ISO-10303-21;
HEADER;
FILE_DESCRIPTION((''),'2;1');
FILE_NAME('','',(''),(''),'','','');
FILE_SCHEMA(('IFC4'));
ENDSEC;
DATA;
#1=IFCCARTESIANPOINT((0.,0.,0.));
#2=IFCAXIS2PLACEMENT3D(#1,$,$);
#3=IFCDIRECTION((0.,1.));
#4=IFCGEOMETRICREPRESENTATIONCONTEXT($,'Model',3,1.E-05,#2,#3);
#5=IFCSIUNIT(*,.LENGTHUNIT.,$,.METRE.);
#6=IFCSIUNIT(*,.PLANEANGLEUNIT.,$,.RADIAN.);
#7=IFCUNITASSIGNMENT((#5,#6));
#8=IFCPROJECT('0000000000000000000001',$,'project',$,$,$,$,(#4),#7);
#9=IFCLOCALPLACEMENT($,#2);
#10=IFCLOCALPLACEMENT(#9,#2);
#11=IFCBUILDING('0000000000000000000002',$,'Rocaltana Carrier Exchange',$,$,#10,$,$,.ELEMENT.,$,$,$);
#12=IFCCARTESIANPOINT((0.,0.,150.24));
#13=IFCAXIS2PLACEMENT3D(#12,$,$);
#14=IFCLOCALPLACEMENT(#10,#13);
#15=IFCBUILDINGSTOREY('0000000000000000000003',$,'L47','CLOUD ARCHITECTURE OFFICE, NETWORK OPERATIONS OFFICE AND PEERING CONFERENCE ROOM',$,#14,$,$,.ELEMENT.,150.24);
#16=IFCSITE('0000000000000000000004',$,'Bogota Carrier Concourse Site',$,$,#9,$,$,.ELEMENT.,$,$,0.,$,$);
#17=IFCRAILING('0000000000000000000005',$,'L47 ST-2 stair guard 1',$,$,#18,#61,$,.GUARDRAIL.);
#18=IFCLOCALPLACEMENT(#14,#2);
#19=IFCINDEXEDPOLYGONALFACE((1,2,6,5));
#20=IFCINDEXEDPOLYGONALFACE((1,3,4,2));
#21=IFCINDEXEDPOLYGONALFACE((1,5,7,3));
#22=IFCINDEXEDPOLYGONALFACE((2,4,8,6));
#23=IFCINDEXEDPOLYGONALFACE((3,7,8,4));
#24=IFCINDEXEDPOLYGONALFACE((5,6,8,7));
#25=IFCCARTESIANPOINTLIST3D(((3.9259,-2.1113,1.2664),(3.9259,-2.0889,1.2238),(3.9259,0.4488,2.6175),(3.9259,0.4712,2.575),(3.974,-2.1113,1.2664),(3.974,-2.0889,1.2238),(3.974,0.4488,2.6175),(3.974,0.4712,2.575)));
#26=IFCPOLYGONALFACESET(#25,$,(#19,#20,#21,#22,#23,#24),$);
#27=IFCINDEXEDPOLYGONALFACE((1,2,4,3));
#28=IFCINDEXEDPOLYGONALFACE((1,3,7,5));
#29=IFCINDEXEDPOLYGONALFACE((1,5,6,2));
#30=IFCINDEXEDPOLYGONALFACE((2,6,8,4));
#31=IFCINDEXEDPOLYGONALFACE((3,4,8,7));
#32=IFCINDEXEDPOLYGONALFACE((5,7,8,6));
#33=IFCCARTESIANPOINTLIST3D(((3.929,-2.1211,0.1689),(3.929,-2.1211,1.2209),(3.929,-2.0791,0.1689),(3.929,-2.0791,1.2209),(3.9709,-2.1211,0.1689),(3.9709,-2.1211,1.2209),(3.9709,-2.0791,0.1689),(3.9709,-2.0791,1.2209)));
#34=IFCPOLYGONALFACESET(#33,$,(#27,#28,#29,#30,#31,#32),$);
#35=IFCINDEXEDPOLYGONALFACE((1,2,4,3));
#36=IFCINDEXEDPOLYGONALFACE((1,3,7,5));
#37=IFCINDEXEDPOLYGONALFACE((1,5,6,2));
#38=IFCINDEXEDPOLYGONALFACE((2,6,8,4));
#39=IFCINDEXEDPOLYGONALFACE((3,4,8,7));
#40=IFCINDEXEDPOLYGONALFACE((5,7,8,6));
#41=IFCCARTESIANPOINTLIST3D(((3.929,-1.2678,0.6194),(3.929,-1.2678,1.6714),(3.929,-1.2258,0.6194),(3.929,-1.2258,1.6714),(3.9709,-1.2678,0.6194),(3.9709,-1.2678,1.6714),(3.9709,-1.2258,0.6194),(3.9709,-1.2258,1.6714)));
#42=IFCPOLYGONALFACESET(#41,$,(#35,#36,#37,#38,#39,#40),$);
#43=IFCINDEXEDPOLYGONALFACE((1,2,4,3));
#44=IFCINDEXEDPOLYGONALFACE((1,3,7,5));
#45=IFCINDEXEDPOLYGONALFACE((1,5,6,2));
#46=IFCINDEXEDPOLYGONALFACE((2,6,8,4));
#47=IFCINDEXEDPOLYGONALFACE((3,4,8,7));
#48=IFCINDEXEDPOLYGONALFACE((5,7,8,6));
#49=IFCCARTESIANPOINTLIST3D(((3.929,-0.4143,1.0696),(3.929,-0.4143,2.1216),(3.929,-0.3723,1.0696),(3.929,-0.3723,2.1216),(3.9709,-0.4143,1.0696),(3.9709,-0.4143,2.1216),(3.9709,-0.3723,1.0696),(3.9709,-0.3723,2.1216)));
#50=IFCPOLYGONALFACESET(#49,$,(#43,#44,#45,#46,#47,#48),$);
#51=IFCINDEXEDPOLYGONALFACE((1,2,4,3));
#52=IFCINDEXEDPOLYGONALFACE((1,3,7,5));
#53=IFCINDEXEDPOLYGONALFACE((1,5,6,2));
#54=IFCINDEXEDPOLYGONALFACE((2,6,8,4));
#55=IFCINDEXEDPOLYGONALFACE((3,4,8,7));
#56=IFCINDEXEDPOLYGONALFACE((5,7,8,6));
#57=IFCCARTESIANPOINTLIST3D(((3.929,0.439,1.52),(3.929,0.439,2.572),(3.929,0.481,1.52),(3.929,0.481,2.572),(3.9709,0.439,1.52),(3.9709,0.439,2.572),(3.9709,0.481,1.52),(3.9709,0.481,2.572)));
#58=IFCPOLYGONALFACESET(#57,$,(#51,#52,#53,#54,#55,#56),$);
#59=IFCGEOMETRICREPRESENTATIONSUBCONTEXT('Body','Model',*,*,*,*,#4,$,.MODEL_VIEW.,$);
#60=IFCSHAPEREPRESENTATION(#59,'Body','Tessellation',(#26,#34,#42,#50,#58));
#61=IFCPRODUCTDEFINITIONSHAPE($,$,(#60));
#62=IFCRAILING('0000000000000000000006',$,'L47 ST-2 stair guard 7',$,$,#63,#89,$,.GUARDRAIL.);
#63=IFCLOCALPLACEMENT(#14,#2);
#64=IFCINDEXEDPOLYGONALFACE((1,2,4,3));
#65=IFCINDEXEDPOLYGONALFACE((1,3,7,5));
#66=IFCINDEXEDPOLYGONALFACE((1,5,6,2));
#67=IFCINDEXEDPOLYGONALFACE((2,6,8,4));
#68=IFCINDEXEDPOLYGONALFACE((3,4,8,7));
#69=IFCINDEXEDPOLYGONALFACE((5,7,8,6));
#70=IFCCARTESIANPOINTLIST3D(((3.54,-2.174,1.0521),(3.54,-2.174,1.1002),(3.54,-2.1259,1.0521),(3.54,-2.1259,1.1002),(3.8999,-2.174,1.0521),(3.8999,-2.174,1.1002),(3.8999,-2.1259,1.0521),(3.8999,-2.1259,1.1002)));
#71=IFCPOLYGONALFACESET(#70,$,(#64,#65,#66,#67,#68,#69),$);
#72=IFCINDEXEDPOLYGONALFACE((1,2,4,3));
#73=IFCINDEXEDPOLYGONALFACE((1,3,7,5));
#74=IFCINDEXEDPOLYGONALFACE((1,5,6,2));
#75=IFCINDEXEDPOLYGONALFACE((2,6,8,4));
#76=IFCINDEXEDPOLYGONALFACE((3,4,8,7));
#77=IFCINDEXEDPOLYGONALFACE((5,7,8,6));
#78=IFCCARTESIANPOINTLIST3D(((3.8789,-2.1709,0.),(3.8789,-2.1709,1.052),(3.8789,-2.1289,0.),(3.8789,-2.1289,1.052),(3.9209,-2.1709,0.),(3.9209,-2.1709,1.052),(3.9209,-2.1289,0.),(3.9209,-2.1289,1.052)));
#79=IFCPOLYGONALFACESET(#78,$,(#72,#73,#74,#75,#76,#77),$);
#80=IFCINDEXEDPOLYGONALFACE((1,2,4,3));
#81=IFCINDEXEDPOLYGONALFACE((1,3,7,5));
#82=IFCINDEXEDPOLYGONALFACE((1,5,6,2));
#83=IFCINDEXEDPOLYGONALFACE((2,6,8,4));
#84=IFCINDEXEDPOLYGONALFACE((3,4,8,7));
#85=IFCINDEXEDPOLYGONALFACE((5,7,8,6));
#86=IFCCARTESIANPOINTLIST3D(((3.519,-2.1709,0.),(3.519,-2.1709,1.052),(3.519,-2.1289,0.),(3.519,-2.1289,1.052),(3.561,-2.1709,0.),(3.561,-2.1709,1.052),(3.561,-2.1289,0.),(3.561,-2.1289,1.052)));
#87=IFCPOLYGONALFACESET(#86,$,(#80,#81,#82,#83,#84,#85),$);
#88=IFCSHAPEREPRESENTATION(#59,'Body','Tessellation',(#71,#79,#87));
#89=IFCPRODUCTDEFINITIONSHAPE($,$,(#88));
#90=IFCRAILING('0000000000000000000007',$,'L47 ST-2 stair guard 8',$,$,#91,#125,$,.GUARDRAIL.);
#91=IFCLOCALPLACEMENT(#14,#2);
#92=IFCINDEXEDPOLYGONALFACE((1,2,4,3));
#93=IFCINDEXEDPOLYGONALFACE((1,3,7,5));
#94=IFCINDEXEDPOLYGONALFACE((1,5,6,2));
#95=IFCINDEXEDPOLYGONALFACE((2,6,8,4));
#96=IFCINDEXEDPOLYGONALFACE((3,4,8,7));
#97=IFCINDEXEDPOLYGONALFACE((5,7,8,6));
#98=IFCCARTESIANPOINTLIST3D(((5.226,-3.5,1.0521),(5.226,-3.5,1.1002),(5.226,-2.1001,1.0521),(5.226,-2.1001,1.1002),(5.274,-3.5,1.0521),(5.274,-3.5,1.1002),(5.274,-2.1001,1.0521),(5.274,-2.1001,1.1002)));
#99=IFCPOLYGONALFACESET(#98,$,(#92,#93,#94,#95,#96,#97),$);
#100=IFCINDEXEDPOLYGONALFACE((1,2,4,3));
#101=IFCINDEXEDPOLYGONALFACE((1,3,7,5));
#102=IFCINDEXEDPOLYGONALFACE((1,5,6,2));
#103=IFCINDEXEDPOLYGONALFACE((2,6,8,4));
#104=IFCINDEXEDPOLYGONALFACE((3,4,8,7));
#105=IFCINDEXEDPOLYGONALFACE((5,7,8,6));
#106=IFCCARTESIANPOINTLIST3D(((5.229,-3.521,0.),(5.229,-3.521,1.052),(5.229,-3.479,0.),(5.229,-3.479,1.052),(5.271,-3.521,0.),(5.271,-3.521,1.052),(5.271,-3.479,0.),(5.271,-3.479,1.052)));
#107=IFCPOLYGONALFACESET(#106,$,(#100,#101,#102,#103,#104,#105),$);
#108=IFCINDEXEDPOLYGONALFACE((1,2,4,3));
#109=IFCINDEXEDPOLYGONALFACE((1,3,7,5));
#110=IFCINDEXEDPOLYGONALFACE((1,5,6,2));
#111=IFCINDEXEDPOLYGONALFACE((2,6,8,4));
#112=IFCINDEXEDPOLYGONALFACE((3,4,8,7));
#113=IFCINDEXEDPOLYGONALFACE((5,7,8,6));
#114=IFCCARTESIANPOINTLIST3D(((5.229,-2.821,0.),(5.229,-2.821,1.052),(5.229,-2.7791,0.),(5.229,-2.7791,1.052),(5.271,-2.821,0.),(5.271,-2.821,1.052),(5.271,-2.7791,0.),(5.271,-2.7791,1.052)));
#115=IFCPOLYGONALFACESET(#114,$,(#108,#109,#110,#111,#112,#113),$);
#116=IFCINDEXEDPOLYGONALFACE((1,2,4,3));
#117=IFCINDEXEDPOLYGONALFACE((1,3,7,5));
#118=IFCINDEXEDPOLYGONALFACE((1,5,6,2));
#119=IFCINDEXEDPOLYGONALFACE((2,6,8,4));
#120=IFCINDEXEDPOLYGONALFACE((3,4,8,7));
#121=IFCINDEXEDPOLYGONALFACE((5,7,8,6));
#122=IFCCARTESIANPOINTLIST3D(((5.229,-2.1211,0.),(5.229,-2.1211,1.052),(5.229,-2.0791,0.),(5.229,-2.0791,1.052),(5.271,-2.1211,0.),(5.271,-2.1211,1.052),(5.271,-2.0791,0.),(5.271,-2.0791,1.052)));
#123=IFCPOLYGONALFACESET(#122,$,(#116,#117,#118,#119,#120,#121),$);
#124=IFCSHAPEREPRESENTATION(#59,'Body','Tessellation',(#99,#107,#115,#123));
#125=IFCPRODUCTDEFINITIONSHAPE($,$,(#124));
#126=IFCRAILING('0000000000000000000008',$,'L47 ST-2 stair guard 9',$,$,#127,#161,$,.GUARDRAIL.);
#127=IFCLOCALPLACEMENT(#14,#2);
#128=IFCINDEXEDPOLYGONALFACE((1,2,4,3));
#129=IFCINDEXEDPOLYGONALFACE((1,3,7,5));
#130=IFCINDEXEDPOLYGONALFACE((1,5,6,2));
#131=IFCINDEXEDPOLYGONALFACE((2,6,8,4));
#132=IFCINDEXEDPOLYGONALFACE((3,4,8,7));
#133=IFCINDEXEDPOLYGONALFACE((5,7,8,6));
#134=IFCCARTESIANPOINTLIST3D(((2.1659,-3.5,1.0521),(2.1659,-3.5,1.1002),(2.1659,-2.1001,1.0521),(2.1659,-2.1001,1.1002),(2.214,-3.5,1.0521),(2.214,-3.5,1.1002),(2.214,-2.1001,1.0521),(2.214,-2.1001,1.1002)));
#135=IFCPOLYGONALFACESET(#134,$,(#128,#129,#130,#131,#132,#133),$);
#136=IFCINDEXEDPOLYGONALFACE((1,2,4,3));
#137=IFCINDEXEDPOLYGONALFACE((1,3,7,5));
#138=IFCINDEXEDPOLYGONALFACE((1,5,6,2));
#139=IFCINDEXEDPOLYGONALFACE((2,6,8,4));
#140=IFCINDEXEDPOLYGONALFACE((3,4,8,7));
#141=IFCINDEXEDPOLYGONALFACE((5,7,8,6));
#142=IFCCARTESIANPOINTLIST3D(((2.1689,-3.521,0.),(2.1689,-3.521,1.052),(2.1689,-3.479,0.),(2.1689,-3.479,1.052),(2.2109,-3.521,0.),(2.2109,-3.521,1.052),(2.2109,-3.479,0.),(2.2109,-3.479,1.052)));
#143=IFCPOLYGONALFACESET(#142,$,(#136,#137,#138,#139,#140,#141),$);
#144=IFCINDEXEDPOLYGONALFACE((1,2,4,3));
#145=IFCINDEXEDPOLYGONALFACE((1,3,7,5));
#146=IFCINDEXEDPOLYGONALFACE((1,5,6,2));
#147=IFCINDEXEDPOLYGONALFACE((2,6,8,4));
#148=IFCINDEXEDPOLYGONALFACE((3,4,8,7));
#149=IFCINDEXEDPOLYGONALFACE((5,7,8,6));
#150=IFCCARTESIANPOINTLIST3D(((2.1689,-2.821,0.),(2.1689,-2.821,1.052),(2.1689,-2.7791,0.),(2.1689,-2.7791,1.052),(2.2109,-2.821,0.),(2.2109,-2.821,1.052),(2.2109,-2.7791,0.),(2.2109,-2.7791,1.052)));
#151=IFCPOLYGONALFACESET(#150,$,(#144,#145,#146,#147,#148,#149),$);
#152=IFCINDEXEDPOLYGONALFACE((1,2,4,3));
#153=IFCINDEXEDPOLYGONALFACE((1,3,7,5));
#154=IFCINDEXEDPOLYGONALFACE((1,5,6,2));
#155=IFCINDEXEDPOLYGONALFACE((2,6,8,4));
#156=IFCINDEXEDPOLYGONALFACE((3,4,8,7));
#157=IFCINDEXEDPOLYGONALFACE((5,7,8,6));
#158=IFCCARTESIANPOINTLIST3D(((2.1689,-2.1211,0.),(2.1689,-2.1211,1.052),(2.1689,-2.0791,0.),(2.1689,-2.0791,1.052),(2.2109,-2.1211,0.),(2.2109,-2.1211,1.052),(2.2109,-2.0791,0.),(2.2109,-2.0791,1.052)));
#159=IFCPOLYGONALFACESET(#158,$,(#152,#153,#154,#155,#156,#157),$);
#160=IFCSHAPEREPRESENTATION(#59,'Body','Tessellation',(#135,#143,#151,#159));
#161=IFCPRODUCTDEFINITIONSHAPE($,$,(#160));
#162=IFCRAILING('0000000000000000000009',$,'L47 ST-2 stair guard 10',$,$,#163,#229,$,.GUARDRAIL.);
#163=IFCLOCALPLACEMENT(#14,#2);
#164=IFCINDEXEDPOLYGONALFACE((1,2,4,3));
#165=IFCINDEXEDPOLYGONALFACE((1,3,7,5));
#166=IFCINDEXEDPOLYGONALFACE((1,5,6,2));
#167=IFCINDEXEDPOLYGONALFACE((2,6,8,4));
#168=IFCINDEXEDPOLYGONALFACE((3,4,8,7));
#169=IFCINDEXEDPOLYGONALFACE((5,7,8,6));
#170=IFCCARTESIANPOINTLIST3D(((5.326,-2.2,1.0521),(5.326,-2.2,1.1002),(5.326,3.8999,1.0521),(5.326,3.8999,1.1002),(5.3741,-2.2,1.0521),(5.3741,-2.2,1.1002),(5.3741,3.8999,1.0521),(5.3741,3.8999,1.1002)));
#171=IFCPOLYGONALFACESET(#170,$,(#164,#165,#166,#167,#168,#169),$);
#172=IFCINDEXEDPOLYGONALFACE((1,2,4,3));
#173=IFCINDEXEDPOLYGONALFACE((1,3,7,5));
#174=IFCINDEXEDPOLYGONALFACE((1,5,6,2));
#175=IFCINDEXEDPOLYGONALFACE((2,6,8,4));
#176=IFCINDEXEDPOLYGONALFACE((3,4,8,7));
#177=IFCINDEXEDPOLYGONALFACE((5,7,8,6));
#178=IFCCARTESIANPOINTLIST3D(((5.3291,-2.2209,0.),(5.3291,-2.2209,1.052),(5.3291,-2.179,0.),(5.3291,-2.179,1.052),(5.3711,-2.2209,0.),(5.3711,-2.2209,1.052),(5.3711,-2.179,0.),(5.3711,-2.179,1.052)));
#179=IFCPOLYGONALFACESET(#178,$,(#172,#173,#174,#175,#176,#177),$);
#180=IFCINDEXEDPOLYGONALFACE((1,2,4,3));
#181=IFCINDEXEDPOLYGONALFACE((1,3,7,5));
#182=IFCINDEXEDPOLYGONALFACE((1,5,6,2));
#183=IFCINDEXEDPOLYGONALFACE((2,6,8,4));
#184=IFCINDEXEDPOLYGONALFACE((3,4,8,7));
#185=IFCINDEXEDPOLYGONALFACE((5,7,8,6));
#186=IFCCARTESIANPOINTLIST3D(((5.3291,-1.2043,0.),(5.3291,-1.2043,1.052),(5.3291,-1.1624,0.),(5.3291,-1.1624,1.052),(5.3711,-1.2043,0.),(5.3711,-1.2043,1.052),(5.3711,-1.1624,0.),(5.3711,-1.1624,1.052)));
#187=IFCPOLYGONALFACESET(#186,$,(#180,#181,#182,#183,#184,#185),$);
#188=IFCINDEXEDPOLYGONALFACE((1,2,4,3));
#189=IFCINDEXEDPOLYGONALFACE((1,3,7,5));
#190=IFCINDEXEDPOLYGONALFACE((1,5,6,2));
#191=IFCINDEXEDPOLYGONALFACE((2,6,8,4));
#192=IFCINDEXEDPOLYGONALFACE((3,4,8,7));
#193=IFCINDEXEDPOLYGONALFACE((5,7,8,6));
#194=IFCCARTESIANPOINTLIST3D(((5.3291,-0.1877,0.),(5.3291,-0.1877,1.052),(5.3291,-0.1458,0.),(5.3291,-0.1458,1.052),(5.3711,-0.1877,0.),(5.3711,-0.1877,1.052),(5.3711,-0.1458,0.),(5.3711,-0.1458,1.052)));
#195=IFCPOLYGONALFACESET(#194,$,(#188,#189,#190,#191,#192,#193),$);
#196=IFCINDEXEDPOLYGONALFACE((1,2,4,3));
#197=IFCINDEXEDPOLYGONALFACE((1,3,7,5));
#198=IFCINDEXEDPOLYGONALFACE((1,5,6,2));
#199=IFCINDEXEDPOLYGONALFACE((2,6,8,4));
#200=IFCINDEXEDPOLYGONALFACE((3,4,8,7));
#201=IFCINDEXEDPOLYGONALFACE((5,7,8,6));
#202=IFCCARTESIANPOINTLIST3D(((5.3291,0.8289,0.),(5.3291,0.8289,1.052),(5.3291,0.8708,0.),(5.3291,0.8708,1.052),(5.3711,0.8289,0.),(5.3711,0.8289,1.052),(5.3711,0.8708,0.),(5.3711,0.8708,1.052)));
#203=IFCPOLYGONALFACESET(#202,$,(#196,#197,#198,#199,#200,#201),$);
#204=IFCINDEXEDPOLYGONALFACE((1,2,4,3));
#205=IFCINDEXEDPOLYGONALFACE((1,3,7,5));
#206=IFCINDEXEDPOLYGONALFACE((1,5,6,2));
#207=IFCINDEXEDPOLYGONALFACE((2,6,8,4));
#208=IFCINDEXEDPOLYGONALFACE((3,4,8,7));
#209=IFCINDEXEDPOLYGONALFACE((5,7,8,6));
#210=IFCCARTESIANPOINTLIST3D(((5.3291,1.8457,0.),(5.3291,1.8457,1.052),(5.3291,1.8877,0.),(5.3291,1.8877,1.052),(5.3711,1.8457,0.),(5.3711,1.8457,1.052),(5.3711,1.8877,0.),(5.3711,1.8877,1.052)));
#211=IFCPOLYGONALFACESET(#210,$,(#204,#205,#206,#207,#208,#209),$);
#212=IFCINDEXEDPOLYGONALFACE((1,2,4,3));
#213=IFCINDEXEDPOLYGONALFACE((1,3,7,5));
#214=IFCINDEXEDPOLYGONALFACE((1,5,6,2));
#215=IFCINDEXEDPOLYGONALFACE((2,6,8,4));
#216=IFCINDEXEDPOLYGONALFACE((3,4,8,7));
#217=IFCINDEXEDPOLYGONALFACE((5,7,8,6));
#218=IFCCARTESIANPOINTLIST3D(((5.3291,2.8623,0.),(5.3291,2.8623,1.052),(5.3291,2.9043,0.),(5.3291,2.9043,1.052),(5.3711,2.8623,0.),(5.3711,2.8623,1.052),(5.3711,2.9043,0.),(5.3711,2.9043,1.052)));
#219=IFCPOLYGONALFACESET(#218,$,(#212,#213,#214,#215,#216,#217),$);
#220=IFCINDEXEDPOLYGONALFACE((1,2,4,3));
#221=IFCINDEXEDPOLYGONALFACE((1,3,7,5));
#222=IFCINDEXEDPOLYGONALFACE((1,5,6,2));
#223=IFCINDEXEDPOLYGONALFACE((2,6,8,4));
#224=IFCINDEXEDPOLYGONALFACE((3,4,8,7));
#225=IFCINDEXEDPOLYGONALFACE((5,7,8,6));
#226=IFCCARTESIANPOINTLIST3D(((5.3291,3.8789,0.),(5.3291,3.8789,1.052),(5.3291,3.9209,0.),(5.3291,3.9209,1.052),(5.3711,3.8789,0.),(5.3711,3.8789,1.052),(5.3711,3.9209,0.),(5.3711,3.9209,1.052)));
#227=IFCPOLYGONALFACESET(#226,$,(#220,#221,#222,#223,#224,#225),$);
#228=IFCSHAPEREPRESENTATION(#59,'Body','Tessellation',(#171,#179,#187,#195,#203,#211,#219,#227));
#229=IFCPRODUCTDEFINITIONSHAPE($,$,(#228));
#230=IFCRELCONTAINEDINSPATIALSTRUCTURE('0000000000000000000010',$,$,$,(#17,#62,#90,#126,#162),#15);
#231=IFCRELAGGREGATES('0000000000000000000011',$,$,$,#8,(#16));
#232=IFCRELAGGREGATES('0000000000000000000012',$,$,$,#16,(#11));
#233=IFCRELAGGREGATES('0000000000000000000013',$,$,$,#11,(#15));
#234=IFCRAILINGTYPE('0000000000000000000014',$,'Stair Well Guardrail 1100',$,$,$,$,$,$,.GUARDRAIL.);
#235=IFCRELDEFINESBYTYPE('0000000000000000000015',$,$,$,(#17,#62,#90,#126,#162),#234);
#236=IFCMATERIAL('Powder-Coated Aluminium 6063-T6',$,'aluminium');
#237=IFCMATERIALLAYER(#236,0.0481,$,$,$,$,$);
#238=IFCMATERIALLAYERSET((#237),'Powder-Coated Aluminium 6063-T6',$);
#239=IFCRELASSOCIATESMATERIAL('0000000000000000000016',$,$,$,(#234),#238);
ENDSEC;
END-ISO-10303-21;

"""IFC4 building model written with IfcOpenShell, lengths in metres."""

from ifc_helpers import new_model, si_unit, direction, frame, origin, origin_2d, place, context, subcontext, project, spatial, rectangle, extrude, material, layer, layer_set, type_object, element, save


model = new_model("IFC4")

# Units and contexts
model_context = context("Model", 3, precision=1e-05, world=origin(), true_north=direction((0.0, 1.0)))
body_context = subcontext(model_context, "Body", "Model", "MODEL_VIEW")
ifc_project = project(units=[si_unit("LENGTHUNIT", "METRE"), si_unit("PLANEANGLEUNIT", "RADIAN")], contexts=[model_context])

# Site, building, storey
site_placement = place(None, origin())
site = spatial("IfcSite", under=ifc_project, at=site_placement, Name="Bogota Carrier Concourse Site", CompositionType="ELEMENT", RefElevation=0.0)
building_placement = place(site_placement, origin())
building = spatial("IfcBuilding", under=site, at=building_placement, Name="Rocaltana Carrier Exchange", CompositionType="ELEMENT")
storey_placement = place(building_placement, frame((0.0, 0.0, 150.24)))
storey = spatial("IfcBuildingStorey", under=building, at=storey_placement, Name="L47", Description="CLOUD ARCHITECTURE OFFICE, NETWORK OPERATIONS OFFICE AND PEERING CONFERENCE ROOM", CompositionType="ELEMENT", Elevation=150.24)

# Railings
ifc_material_1 = material(Name="Powder-Coated Aluminium 6063-T6", Category="aluminium")
ifc_layer_1 = layer(ifc_material_1, 0.0481)
ifc_layer_set_1 = layer_set([ifc_layer_1], Name="Powder-Coated Aluminium 6063-T6")
railing_type_1 = type_object("IfcRailingType", Name="Stair Well Guardrail 1100", PredefinedType="GUARDRAIL", material=ifc_layer_set_1)
railing_1_placement = place(storey_placement, frame((3.95, -2.1001, 0.1689)))
element("IfcRailing", 1, at=railing_1_placement, inside=storey, type_object=railing_type_1, Name="L47 ST-2 stair guard 1", PredefinedType="GUARDRAIL", context=body_context, shape_type="SweptSolid", body=[
    extrude(rectangle(XDim=0.0481, YDim=0.0481, at=origin_2d()), frame((0.0, 0.0, 1.0762), z_axis=(0.0, 0.884394, 0.46674), x_axis=(-1.0, 0.0, 0.0)), (0.0, 0.0, 1.0), 2.8948),
    extrude(rectangle(XDim=0.042, YDim=0.042, at=origin_2d()), origin(), (0.0, 0.0, 1.0), 1.052),
    extrude(rectangle(XDim=0.042, YDim=0.042, at=origin_2d()), frame((0.0, 0.8533, 0.4504)), (0.0, 0.0, 1.0), 1.052),
    extrude(rectangle(XDim=0.042, YDim=0.042, at=origin_2d()), frame((0.0, 1.7068, 0.9006)), (0.0, 0.0, 1.0), 1.052),
    extrude(rectangle(XDim=0.042, YDim=0.042, at=origin_2d()), frame((0.0, 2.5601, 1.3511)), (0.0, 0.0, 1.0), 1.052),
])
railing_2_placement = place(storey_placement, frame((3.8999, -2.1499, 0.0)))
element("IfcRailing", 2, at=railing_2_placement, inside=storey, type_object=railing_type_1, Name="L47 ST-2 stair guard 7", PredefinedType="GUARDRAIL", context=body_context, shape_type="SweptSolid", body=[
    extrude(rectangle(XDim=0.0481, YDim=0.0481, at=origin_2d()), frame((0.0, 0.0, 1.0762), z_axis=(-1.0, 0.0, 0.0), x_axis=(0.0, -1.0, 0.0)), (0.0, 0.0, 1.0), 0.3599),
    extrude(rectangle(XDim=0.042, YDim=0.042, at=origin_2d()), origin(), (0.0, 0.0, 1.0), 1.052),
    extrude(rectangle(XDim=0.042, YDim=0.042, at=origin_2d()), frame((-0.3599, 0.0, 0.0)), (0.0, 0.0, 1.0), 1.052),
])
for number, where, name in (
    (3, (5.25, -3.5, 0.0), "L47 ST-2 stair guard 8"),
    (4, (2.1899, -3.5, 0.0), "L47 ST-2 stair guard 9"),
):
    element("IfcRailing", number, at=place(storey_placement, frame(where)), inside=storey, type_object=railing_type_1, Name=name, PredefinedType="GUARDRAIL", context=body_context, shape_type="SweptSolid", body=[
        extrude(rectangle(XDim=0.0481, YDim=0.0481, at=origin_2d()), frame((0.0, 0.0, 1.0762), z_axis=(0.0, 1.0, 0.0), x_axis=(-1.0, 0.0, 0.0)), (0.0, 0.0, 1.0), 1.3999),
        extrude(rectangle(XDim=0.042, YDim=0.042, at=origin_2d()), origin(), (0.0, 0.0, 1.0), 1.052),
        extrude(rectangle(XDim=0.042, YDim=0.042, at=origin_2d()), frame((0.0, 0.7, 0.0)), (0.0, 0.0, 1.0), 1.052),
        extrude(rectangle(XDim=0.042, YDim=0.042, at=origin_2d()), frame((0.0, 1.3999, 0.0)), (0.0, 0.0, 1.0), 1.052),
    ])
for number, where, name in (
    (5, (5.3501, -2.2, 0.0), "L47 ST-2 stair guard 10"),
):
    element("IfcRailing", number, at=place(storey_placement, frame(where)), inside=storey, type_object=railing_type_1, Name=name, PredefinedType="GUARDRAIL", context=body_context, shape_type="SweptSolid", body=[
        extrude(rectangle(XDim=0.0481, YDim=0.0481, at=origin_2d()), frame((0.0, 0.0, 1.0762), z_axis=(0.0, 1.0, 0.0), x_axis=(-1.0, 0.0, 0.0)), (0.0, 0.0, 1.0), 6.0999),
        extrude(rectangle(XDim=0.042, YDim=0.042, at=origin_2d()), origin(), (0.0, 0.0, 1.0), 1.052),
        extrude(rectangle(XDim=0.042, YDim=0.042, at=origin_2d()), frame((0.0, 1.0166, 0.0)), (0.0, 0.0, 1.0), 1.052),
        extrude(rectangle(XDim=0.042, YDim=0.042, at=origin_2d()), frame((0.0, 2.0332, 0.0)), (0.0, 0.0, 1.0), 1.052),
        extrude(rectangle(XDim=0.042, YDim=0.042, at=origin_2d()), frame((0.0, 3.0498, 0.0)), (0.0, 0.0, 1.0), 1.052),
        extrude(rectangle(XDim=0.042, YDim=0.042, at=origin_2d()), frame((0.0, 4.0667, 0.0)), (0.0, 0.0, 1.0), 1.052),
        extrude(rectangle(XDim=0.042, YDim=0.042, at=origin_2d()), frame((0.0, 5.0833, 0.0)), (0.0, 0.0, 1.0), 1.052),
        extrude(rectangle(XDim=0.042, YDim=0.042, at=origin_2d()), frame((0.0, 6.0999, 0.0)), (0.0, 0.0, 1.0), 1.052),
    ])

save(model, "model.ifc")
